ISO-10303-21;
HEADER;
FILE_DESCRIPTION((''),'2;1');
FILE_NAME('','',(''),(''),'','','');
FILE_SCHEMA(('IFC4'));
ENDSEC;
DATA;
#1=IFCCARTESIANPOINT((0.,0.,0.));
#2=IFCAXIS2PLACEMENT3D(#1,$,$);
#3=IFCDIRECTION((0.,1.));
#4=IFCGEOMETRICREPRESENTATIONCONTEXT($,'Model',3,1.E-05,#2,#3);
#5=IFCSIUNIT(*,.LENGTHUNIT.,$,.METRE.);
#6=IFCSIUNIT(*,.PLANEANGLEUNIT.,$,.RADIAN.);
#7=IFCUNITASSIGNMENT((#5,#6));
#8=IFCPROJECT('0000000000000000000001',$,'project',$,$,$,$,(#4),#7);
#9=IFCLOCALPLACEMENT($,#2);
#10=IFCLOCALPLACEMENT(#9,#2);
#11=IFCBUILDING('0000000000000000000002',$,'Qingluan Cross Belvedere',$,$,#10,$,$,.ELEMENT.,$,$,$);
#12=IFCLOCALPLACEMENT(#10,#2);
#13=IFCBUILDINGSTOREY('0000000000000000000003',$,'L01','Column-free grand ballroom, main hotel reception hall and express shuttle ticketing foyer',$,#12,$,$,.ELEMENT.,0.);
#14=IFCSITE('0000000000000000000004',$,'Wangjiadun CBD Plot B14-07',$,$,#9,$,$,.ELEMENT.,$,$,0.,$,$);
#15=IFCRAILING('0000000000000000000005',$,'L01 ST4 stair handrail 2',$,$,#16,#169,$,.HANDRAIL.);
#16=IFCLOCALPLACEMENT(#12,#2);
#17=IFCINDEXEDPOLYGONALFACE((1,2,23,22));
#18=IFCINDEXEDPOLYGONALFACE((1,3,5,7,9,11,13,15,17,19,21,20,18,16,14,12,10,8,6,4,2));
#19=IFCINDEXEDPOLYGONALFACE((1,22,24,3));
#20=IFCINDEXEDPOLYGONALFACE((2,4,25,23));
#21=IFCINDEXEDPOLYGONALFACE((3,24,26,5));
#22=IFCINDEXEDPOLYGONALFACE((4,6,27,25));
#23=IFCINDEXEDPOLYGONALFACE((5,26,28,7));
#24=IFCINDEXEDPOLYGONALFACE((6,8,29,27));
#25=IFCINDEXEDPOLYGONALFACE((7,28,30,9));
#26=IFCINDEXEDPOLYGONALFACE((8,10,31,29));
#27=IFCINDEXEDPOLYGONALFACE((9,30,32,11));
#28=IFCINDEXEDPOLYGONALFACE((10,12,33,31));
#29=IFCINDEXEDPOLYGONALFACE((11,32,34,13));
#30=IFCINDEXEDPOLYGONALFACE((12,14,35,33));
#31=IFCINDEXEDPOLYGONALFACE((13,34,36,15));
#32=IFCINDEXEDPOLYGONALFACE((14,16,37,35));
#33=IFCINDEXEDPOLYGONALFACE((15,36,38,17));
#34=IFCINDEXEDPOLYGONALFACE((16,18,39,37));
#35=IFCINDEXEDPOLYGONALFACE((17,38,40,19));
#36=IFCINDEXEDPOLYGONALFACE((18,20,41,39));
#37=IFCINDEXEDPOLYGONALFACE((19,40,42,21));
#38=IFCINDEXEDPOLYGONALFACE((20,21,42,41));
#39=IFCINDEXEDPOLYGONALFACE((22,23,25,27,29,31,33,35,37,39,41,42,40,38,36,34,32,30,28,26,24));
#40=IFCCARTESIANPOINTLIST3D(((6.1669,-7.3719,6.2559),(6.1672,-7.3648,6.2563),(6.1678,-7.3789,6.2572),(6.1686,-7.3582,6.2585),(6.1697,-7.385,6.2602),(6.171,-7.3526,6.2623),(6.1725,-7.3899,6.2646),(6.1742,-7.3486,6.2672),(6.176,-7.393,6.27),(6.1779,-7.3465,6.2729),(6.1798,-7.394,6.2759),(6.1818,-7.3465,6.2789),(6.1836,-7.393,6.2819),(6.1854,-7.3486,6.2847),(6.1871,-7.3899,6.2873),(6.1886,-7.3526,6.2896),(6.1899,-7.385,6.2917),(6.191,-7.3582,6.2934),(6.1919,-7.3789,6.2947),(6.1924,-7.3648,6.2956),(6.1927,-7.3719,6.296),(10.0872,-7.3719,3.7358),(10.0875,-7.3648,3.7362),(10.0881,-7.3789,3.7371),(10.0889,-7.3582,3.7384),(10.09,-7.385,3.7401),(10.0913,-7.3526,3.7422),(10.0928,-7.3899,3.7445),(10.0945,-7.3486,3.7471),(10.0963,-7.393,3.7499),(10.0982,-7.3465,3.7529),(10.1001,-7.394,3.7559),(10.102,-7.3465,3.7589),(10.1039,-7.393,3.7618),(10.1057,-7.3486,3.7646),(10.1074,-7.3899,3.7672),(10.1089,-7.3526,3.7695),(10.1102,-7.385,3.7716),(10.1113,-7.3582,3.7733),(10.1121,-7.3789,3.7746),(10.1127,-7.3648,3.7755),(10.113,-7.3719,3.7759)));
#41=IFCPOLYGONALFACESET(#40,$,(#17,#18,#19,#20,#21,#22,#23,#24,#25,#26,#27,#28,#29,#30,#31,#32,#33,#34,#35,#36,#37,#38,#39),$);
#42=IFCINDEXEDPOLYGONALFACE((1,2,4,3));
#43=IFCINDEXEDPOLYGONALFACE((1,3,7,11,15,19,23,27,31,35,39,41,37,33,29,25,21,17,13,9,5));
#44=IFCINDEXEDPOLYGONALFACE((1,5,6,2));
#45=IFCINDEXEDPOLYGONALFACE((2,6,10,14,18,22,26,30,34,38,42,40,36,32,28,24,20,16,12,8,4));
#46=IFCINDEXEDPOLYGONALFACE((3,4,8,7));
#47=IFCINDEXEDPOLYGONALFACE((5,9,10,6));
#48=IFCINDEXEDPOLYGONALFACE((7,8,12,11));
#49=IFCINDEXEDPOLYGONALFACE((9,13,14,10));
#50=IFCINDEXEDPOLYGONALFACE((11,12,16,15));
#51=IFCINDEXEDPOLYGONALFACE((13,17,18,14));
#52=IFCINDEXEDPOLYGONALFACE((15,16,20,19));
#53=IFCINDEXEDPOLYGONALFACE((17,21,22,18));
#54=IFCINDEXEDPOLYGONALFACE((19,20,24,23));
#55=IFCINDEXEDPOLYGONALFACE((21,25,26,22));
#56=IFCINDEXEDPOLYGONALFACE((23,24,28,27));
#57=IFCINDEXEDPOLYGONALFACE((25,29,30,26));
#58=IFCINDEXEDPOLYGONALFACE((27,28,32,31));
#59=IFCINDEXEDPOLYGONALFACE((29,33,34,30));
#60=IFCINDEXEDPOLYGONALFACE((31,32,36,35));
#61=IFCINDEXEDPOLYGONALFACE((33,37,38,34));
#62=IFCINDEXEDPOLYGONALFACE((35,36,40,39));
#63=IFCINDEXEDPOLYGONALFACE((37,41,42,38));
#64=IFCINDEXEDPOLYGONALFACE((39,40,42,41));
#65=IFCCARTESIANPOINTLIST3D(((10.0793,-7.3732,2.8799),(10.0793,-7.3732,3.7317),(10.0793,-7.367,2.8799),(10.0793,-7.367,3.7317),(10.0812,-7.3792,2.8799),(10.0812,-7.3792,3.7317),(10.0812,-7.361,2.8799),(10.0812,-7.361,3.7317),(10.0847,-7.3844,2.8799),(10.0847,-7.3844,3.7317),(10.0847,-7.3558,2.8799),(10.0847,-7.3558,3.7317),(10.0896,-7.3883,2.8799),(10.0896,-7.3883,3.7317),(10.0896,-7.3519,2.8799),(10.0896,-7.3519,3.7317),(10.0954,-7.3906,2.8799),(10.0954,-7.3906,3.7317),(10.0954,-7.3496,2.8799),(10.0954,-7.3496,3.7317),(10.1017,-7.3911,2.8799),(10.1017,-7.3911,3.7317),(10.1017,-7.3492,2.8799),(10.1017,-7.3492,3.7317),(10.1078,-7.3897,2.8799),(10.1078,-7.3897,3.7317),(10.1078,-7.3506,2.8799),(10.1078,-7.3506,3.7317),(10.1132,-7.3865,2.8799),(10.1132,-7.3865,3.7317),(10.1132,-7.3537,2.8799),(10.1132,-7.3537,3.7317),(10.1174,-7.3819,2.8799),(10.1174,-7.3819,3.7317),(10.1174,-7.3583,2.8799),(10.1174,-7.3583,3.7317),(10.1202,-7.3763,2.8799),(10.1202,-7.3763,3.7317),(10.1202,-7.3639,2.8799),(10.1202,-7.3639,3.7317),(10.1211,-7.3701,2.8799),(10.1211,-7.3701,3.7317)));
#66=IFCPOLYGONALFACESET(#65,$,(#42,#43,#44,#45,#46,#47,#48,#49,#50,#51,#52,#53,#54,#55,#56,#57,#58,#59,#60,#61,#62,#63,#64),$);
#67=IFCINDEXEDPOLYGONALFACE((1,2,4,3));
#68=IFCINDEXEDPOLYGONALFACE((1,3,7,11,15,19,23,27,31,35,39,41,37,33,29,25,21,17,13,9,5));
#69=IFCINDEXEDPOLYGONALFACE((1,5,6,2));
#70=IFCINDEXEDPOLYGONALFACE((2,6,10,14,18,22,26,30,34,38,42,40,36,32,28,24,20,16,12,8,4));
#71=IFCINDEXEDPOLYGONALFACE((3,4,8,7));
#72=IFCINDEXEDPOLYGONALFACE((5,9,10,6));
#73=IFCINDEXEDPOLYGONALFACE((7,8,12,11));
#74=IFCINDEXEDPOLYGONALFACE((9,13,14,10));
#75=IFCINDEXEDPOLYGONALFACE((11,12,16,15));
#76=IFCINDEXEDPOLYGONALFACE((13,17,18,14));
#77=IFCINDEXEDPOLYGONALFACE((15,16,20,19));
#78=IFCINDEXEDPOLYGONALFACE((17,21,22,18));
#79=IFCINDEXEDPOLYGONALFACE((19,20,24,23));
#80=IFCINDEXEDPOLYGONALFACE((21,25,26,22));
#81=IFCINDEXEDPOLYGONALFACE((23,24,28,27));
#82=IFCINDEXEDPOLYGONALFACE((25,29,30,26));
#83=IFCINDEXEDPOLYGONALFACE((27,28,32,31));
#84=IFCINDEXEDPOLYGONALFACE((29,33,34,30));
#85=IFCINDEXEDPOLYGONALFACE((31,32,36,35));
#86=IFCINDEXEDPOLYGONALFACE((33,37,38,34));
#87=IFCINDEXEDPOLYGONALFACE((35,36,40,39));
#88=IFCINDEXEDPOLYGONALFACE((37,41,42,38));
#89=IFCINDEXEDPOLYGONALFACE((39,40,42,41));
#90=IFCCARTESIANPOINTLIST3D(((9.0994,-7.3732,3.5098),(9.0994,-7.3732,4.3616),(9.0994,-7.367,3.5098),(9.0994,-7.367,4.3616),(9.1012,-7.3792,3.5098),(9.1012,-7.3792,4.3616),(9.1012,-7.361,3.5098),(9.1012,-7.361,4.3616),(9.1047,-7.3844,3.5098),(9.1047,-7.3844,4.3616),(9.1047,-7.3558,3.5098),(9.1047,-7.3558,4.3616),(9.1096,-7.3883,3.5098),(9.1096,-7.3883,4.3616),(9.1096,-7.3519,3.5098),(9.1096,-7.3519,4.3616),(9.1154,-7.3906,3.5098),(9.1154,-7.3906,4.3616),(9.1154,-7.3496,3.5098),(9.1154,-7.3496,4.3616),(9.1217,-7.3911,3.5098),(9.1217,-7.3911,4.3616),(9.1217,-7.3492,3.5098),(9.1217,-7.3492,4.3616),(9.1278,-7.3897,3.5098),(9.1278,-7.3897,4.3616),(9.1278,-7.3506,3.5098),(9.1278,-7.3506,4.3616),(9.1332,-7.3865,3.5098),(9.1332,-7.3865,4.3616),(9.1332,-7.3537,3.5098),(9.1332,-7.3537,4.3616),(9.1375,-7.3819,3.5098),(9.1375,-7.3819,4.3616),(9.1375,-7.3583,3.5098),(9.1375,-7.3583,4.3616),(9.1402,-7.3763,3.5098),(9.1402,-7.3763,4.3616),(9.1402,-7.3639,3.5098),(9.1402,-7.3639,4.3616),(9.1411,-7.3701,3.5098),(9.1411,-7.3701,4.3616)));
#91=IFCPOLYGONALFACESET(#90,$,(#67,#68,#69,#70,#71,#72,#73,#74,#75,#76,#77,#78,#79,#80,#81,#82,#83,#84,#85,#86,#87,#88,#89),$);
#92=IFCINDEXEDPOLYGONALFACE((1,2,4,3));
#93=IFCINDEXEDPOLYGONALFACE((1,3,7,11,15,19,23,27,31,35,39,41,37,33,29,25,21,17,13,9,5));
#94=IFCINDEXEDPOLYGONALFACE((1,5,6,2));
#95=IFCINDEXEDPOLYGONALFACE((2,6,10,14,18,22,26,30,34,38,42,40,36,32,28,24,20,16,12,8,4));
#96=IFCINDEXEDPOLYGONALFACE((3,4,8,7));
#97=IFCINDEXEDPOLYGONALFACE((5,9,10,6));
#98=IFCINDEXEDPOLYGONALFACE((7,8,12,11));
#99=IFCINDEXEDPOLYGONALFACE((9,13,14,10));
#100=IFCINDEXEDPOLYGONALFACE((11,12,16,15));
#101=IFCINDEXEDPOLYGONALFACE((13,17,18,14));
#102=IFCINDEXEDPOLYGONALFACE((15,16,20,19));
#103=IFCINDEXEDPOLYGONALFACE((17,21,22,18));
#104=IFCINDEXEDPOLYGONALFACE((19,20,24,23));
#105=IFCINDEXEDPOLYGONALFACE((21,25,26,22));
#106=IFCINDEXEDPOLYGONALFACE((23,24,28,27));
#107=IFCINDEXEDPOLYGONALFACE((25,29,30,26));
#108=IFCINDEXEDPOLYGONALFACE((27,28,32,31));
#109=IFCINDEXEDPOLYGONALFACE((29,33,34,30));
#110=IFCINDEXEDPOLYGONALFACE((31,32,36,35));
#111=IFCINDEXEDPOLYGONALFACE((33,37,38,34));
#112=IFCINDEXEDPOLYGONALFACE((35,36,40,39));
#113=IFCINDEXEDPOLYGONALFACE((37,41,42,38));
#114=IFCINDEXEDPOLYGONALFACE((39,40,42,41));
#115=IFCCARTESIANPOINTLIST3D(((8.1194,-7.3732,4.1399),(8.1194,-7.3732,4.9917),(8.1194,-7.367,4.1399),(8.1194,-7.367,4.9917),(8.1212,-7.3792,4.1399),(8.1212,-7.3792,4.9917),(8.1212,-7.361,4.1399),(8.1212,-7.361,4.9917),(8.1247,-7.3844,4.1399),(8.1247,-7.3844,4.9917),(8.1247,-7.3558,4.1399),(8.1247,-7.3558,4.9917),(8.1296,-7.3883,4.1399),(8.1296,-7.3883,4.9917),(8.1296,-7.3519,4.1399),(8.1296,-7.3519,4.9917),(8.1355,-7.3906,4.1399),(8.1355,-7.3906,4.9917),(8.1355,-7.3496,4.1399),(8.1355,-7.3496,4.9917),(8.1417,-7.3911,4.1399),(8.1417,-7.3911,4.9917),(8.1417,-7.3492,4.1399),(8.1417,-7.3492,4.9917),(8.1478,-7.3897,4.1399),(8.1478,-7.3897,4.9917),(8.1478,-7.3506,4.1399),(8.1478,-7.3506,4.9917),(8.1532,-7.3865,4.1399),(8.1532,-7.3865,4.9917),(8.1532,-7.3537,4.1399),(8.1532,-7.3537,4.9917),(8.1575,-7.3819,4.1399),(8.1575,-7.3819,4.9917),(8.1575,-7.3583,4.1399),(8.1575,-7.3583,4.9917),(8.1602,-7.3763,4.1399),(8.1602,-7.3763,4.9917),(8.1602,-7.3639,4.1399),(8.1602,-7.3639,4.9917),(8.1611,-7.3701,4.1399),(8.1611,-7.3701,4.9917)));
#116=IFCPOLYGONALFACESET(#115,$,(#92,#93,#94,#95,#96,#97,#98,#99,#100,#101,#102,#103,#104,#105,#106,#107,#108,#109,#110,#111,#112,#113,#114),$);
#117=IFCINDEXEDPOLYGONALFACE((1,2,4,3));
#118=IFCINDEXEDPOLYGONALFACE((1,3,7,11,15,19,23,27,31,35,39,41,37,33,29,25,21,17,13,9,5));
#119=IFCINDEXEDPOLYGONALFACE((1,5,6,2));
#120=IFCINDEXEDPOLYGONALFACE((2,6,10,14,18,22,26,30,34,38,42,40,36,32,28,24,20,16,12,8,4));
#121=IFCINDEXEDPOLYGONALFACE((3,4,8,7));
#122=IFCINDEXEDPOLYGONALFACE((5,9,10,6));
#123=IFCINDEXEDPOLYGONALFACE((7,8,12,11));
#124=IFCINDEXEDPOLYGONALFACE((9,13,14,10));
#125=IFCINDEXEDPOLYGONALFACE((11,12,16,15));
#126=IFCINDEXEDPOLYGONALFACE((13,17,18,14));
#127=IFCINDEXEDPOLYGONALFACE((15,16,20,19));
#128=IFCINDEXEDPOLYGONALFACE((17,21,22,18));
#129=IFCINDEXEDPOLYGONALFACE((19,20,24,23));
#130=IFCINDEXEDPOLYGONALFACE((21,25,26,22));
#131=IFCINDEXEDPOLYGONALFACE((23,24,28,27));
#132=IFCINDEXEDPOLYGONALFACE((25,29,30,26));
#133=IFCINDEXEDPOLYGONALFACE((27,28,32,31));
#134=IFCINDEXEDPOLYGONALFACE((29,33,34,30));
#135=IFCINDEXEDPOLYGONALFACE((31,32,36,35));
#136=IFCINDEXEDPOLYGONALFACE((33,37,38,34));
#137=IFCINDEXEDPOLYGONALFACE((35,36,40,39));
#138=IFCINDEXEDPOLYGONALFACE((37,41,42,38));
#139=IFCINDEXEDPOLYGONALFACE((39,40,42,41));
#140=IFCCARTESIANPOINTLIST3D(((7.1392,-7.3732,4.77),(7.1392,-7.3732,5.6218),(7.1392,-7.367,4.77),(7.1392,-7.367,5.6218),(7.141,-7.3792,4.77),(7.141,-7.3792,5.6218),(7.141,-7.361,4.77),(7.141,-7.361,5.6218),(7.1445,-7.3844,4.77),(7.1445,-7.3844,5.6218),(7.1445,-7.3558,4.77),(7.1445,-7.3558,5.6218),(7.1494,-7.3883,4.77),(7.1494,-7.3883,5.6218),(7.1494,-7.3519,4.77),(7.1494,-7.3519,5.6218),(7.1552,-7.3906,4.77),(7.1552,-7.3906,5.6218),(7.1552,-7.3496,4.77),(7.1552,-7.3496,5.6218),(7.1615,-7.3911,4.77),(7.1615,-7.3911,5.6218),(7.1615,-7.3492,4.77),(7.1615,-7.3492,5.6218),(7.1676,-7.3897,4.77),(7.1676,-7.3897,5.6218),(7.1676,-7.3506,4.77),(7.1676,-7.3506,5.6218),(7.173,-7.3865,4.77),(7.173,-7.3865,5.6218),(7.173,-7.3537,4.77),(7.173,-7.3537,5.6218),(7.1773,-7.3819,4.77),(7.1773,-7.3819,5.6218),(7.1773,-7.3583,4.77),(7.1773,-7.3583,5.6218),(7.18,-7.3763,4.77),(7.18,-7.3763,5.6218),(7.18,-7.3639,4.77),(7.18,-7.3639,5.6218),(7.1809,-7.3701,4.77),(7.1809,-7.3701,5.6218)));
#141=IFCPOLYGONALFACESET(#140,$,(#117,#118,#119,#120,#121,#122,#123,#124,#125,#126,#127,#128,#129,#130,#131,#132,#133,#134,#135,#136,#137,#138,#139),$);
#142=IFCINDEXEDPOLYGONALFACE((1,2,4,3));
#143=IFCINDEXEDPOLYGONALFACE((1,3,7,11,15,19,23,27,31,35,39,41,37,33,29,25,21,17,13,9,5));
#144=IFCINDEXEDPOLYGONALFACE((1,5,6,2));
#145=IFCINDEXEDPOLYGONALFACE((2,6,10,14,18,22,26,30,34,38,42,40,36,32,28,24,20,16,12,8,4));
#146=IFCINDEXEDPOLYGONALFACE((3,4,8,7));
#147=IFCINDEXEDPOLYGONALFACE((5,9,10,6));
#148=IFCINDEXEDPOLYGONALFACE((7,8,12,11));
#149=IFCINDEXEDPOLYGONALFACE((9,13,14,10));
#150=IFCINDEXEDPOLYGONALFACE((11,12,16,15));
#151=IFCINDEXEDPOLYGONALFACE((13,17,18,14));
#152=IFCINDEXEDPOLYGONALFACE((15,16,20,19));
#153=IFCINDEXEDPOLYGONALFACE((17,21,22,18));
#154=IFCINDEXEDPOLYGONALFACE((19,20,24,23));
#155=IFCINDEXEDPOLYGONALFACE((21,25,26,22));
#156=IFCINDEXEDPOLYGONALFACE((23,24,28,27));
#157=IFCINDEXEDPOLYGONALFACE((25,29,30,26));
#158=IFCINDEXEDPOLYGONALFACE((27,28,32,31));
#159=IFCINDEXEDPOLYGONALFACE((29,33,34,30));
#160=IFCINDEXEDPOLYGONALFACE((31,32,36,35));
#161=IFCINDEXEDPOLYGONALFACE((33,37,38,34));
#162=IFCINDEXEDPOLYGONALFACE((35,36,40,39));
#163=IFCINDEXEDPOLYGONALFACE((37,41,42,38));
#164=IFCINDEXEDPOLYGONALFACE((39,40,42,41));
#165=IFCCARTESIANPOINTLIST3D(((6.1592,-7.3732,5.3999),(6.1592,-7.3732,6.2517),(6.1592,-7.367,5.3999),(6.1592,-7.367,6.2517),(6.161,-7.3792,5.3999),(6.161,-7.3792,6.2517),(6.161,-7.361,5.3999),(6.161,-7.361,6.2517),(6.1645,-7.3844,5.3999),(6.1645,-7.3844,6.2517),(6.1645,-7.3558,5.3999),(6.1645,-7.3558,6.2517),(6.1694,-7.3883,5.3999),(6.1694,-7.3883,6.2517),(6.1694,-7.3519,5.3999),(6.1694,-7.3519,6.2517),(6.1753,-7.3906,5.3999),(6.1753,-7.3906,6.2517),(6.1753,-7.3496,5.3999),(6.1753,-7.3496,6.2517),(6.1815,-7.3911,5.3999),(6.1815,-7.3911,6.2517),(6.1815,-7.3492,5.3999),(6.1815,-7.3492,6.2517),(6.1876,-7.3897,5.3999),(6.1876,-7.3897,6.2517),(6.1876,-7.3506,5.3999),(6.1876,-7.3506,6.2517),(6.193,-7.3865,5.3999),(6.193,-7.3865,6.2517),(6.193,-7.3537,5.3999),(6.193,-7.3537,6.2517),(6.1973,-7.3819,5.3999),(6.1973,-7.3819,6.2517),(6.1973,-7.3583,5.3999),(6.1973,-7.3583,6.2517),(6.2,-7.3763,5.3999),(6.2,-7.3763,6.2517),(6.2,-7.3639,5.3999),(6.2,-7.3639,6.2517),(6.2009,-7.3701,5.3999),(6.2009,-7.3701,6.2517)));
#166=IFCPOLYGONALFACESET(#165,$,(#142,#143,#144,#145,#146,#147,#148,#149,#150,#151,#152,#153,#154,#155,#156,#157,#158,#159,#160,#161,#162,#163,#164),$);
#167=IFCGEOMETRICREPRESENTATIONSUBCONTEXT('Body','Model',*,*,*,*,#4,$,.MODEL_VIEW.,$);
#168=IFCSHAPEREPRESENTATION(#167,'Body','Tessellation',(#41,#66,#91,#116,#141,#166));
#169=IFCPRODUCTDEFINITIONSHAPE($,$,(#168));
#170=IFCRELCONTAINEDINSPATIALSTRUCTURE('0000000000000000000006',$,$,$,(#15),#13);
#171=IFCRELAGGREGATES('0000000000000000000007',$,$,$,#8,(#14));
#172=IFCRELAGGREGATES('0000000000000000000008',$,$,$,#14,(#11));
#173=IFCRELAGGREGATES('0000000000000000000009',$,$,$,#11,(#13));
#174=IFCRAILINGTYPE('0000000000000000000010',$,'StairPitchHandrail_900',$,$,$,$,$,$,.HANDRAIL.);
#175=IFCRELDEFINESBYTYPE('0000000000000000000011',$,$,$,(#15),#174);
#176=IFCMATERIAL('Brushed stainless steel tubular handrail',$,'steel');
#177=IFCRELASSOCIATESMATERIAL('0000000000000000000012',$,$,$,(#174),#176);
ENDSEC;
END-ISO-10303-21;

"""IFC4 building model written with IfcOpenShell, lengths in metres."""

from ifc_helpers import new_model, si_unit, direction, frame, origin, origin_2d, place, context, subcontext, project, spatial, circle, extrude, material, type_object, element, save


model = new_model("IFC4")

# Units and contexts
model_context = context("Model", 3, precision=1e-05, world=origin(), true_north=direction((0.0, 1.0)))
body_context = subcontext(model_context, "Body", "Model", "MODEL_VIEW")
ifc_project = project(units=[si_unit("LENGTHUNIT", "METRE"), si_unit("PLANEANGLEUNIT", "RADIAN")], contexts=[model_context])

# Site, building, storey
site_placement = place(None, origin())
site = spatial("IfcSite", under=ifc_project, at=site_placement, Name="Wangjiadun CBD Plot B14-07", CompositionType="ELEMENT", RefElevation=0.0)
building_placement = place(site_placement, origin())
building = spatial("IfcBuilding", under=site, at=building_placement, Name="Qingluan Cross Belvedere", CompositionType="ELEMENT")
storey_placement = place(building_placement, origin())
storey = spatial("IfcBuildingStorey", under=building, at=storey_placement, Name="L01", Description="Column-free grand ballroom, main hotel reception hall and express shuttle ticketing foyer", CompositionType="ELEMENT", Elevation=0.0)

# Railing
ifc_material_1 = material(Name="Brushed stainless steel tubular handrail", Category="steel")
railing_type_1 = type_object("IfcRailingType", Name="StairPitchHandrail_900", PredefinedType="HANDRAIL", material=ifc_material_1)
for number, where, name in (
    (1, (10.1001, -7.3701, 2.8799), "L01 ST4 stair handrail 2"),
):
    element("IfcRailing", number, at=place(storey_placement, frame(where)), inside=storey, type_object=railing_type_1, Name=name, PredefinedType="HANDRAIL", context=body_context, shape_type="SweptSolid", body=[
        extrude(circle(Radius=0.0239, at=origin_2d()), frame((0.0, 0.0, 0.876), z_axis=(-0.841187, 0.0, 0.540744), x_axis=(0.0, -1.0, 0.0)), (0.0, 0.0, 1.0), 4.6604),
        extrude(circle(Radius=0.021, at=origin_2d()), origin(), (0.0, 0.0, 1.0), 0.8518),
        extrude(circle(Radius=0.021, at=origin_2d()), frame((-0.98, 0.0, 0.6299)), (0.0, 0.0, 1.0), 0.8518),
        extrude(circle(Radius=0.021, at=origin_2d()), frame((-1.96, 0.0, 1.26)), (0.0, 0.0, 1.0), 0.8518),
        extrude(circle(Radius=0.021, at=origin_2d()), frame((-2.9402, 0.0, 1.8901)), (0.0, 0.0, 1.0), 0.8518),
        extrude(circle(Radius=0.021, at=origin_2d()), frame((-3.9202, 0.0, 2.52)), (0.0, 0.0, 1.0), 0.8518),
    ])

save(model, "model.ifc")
